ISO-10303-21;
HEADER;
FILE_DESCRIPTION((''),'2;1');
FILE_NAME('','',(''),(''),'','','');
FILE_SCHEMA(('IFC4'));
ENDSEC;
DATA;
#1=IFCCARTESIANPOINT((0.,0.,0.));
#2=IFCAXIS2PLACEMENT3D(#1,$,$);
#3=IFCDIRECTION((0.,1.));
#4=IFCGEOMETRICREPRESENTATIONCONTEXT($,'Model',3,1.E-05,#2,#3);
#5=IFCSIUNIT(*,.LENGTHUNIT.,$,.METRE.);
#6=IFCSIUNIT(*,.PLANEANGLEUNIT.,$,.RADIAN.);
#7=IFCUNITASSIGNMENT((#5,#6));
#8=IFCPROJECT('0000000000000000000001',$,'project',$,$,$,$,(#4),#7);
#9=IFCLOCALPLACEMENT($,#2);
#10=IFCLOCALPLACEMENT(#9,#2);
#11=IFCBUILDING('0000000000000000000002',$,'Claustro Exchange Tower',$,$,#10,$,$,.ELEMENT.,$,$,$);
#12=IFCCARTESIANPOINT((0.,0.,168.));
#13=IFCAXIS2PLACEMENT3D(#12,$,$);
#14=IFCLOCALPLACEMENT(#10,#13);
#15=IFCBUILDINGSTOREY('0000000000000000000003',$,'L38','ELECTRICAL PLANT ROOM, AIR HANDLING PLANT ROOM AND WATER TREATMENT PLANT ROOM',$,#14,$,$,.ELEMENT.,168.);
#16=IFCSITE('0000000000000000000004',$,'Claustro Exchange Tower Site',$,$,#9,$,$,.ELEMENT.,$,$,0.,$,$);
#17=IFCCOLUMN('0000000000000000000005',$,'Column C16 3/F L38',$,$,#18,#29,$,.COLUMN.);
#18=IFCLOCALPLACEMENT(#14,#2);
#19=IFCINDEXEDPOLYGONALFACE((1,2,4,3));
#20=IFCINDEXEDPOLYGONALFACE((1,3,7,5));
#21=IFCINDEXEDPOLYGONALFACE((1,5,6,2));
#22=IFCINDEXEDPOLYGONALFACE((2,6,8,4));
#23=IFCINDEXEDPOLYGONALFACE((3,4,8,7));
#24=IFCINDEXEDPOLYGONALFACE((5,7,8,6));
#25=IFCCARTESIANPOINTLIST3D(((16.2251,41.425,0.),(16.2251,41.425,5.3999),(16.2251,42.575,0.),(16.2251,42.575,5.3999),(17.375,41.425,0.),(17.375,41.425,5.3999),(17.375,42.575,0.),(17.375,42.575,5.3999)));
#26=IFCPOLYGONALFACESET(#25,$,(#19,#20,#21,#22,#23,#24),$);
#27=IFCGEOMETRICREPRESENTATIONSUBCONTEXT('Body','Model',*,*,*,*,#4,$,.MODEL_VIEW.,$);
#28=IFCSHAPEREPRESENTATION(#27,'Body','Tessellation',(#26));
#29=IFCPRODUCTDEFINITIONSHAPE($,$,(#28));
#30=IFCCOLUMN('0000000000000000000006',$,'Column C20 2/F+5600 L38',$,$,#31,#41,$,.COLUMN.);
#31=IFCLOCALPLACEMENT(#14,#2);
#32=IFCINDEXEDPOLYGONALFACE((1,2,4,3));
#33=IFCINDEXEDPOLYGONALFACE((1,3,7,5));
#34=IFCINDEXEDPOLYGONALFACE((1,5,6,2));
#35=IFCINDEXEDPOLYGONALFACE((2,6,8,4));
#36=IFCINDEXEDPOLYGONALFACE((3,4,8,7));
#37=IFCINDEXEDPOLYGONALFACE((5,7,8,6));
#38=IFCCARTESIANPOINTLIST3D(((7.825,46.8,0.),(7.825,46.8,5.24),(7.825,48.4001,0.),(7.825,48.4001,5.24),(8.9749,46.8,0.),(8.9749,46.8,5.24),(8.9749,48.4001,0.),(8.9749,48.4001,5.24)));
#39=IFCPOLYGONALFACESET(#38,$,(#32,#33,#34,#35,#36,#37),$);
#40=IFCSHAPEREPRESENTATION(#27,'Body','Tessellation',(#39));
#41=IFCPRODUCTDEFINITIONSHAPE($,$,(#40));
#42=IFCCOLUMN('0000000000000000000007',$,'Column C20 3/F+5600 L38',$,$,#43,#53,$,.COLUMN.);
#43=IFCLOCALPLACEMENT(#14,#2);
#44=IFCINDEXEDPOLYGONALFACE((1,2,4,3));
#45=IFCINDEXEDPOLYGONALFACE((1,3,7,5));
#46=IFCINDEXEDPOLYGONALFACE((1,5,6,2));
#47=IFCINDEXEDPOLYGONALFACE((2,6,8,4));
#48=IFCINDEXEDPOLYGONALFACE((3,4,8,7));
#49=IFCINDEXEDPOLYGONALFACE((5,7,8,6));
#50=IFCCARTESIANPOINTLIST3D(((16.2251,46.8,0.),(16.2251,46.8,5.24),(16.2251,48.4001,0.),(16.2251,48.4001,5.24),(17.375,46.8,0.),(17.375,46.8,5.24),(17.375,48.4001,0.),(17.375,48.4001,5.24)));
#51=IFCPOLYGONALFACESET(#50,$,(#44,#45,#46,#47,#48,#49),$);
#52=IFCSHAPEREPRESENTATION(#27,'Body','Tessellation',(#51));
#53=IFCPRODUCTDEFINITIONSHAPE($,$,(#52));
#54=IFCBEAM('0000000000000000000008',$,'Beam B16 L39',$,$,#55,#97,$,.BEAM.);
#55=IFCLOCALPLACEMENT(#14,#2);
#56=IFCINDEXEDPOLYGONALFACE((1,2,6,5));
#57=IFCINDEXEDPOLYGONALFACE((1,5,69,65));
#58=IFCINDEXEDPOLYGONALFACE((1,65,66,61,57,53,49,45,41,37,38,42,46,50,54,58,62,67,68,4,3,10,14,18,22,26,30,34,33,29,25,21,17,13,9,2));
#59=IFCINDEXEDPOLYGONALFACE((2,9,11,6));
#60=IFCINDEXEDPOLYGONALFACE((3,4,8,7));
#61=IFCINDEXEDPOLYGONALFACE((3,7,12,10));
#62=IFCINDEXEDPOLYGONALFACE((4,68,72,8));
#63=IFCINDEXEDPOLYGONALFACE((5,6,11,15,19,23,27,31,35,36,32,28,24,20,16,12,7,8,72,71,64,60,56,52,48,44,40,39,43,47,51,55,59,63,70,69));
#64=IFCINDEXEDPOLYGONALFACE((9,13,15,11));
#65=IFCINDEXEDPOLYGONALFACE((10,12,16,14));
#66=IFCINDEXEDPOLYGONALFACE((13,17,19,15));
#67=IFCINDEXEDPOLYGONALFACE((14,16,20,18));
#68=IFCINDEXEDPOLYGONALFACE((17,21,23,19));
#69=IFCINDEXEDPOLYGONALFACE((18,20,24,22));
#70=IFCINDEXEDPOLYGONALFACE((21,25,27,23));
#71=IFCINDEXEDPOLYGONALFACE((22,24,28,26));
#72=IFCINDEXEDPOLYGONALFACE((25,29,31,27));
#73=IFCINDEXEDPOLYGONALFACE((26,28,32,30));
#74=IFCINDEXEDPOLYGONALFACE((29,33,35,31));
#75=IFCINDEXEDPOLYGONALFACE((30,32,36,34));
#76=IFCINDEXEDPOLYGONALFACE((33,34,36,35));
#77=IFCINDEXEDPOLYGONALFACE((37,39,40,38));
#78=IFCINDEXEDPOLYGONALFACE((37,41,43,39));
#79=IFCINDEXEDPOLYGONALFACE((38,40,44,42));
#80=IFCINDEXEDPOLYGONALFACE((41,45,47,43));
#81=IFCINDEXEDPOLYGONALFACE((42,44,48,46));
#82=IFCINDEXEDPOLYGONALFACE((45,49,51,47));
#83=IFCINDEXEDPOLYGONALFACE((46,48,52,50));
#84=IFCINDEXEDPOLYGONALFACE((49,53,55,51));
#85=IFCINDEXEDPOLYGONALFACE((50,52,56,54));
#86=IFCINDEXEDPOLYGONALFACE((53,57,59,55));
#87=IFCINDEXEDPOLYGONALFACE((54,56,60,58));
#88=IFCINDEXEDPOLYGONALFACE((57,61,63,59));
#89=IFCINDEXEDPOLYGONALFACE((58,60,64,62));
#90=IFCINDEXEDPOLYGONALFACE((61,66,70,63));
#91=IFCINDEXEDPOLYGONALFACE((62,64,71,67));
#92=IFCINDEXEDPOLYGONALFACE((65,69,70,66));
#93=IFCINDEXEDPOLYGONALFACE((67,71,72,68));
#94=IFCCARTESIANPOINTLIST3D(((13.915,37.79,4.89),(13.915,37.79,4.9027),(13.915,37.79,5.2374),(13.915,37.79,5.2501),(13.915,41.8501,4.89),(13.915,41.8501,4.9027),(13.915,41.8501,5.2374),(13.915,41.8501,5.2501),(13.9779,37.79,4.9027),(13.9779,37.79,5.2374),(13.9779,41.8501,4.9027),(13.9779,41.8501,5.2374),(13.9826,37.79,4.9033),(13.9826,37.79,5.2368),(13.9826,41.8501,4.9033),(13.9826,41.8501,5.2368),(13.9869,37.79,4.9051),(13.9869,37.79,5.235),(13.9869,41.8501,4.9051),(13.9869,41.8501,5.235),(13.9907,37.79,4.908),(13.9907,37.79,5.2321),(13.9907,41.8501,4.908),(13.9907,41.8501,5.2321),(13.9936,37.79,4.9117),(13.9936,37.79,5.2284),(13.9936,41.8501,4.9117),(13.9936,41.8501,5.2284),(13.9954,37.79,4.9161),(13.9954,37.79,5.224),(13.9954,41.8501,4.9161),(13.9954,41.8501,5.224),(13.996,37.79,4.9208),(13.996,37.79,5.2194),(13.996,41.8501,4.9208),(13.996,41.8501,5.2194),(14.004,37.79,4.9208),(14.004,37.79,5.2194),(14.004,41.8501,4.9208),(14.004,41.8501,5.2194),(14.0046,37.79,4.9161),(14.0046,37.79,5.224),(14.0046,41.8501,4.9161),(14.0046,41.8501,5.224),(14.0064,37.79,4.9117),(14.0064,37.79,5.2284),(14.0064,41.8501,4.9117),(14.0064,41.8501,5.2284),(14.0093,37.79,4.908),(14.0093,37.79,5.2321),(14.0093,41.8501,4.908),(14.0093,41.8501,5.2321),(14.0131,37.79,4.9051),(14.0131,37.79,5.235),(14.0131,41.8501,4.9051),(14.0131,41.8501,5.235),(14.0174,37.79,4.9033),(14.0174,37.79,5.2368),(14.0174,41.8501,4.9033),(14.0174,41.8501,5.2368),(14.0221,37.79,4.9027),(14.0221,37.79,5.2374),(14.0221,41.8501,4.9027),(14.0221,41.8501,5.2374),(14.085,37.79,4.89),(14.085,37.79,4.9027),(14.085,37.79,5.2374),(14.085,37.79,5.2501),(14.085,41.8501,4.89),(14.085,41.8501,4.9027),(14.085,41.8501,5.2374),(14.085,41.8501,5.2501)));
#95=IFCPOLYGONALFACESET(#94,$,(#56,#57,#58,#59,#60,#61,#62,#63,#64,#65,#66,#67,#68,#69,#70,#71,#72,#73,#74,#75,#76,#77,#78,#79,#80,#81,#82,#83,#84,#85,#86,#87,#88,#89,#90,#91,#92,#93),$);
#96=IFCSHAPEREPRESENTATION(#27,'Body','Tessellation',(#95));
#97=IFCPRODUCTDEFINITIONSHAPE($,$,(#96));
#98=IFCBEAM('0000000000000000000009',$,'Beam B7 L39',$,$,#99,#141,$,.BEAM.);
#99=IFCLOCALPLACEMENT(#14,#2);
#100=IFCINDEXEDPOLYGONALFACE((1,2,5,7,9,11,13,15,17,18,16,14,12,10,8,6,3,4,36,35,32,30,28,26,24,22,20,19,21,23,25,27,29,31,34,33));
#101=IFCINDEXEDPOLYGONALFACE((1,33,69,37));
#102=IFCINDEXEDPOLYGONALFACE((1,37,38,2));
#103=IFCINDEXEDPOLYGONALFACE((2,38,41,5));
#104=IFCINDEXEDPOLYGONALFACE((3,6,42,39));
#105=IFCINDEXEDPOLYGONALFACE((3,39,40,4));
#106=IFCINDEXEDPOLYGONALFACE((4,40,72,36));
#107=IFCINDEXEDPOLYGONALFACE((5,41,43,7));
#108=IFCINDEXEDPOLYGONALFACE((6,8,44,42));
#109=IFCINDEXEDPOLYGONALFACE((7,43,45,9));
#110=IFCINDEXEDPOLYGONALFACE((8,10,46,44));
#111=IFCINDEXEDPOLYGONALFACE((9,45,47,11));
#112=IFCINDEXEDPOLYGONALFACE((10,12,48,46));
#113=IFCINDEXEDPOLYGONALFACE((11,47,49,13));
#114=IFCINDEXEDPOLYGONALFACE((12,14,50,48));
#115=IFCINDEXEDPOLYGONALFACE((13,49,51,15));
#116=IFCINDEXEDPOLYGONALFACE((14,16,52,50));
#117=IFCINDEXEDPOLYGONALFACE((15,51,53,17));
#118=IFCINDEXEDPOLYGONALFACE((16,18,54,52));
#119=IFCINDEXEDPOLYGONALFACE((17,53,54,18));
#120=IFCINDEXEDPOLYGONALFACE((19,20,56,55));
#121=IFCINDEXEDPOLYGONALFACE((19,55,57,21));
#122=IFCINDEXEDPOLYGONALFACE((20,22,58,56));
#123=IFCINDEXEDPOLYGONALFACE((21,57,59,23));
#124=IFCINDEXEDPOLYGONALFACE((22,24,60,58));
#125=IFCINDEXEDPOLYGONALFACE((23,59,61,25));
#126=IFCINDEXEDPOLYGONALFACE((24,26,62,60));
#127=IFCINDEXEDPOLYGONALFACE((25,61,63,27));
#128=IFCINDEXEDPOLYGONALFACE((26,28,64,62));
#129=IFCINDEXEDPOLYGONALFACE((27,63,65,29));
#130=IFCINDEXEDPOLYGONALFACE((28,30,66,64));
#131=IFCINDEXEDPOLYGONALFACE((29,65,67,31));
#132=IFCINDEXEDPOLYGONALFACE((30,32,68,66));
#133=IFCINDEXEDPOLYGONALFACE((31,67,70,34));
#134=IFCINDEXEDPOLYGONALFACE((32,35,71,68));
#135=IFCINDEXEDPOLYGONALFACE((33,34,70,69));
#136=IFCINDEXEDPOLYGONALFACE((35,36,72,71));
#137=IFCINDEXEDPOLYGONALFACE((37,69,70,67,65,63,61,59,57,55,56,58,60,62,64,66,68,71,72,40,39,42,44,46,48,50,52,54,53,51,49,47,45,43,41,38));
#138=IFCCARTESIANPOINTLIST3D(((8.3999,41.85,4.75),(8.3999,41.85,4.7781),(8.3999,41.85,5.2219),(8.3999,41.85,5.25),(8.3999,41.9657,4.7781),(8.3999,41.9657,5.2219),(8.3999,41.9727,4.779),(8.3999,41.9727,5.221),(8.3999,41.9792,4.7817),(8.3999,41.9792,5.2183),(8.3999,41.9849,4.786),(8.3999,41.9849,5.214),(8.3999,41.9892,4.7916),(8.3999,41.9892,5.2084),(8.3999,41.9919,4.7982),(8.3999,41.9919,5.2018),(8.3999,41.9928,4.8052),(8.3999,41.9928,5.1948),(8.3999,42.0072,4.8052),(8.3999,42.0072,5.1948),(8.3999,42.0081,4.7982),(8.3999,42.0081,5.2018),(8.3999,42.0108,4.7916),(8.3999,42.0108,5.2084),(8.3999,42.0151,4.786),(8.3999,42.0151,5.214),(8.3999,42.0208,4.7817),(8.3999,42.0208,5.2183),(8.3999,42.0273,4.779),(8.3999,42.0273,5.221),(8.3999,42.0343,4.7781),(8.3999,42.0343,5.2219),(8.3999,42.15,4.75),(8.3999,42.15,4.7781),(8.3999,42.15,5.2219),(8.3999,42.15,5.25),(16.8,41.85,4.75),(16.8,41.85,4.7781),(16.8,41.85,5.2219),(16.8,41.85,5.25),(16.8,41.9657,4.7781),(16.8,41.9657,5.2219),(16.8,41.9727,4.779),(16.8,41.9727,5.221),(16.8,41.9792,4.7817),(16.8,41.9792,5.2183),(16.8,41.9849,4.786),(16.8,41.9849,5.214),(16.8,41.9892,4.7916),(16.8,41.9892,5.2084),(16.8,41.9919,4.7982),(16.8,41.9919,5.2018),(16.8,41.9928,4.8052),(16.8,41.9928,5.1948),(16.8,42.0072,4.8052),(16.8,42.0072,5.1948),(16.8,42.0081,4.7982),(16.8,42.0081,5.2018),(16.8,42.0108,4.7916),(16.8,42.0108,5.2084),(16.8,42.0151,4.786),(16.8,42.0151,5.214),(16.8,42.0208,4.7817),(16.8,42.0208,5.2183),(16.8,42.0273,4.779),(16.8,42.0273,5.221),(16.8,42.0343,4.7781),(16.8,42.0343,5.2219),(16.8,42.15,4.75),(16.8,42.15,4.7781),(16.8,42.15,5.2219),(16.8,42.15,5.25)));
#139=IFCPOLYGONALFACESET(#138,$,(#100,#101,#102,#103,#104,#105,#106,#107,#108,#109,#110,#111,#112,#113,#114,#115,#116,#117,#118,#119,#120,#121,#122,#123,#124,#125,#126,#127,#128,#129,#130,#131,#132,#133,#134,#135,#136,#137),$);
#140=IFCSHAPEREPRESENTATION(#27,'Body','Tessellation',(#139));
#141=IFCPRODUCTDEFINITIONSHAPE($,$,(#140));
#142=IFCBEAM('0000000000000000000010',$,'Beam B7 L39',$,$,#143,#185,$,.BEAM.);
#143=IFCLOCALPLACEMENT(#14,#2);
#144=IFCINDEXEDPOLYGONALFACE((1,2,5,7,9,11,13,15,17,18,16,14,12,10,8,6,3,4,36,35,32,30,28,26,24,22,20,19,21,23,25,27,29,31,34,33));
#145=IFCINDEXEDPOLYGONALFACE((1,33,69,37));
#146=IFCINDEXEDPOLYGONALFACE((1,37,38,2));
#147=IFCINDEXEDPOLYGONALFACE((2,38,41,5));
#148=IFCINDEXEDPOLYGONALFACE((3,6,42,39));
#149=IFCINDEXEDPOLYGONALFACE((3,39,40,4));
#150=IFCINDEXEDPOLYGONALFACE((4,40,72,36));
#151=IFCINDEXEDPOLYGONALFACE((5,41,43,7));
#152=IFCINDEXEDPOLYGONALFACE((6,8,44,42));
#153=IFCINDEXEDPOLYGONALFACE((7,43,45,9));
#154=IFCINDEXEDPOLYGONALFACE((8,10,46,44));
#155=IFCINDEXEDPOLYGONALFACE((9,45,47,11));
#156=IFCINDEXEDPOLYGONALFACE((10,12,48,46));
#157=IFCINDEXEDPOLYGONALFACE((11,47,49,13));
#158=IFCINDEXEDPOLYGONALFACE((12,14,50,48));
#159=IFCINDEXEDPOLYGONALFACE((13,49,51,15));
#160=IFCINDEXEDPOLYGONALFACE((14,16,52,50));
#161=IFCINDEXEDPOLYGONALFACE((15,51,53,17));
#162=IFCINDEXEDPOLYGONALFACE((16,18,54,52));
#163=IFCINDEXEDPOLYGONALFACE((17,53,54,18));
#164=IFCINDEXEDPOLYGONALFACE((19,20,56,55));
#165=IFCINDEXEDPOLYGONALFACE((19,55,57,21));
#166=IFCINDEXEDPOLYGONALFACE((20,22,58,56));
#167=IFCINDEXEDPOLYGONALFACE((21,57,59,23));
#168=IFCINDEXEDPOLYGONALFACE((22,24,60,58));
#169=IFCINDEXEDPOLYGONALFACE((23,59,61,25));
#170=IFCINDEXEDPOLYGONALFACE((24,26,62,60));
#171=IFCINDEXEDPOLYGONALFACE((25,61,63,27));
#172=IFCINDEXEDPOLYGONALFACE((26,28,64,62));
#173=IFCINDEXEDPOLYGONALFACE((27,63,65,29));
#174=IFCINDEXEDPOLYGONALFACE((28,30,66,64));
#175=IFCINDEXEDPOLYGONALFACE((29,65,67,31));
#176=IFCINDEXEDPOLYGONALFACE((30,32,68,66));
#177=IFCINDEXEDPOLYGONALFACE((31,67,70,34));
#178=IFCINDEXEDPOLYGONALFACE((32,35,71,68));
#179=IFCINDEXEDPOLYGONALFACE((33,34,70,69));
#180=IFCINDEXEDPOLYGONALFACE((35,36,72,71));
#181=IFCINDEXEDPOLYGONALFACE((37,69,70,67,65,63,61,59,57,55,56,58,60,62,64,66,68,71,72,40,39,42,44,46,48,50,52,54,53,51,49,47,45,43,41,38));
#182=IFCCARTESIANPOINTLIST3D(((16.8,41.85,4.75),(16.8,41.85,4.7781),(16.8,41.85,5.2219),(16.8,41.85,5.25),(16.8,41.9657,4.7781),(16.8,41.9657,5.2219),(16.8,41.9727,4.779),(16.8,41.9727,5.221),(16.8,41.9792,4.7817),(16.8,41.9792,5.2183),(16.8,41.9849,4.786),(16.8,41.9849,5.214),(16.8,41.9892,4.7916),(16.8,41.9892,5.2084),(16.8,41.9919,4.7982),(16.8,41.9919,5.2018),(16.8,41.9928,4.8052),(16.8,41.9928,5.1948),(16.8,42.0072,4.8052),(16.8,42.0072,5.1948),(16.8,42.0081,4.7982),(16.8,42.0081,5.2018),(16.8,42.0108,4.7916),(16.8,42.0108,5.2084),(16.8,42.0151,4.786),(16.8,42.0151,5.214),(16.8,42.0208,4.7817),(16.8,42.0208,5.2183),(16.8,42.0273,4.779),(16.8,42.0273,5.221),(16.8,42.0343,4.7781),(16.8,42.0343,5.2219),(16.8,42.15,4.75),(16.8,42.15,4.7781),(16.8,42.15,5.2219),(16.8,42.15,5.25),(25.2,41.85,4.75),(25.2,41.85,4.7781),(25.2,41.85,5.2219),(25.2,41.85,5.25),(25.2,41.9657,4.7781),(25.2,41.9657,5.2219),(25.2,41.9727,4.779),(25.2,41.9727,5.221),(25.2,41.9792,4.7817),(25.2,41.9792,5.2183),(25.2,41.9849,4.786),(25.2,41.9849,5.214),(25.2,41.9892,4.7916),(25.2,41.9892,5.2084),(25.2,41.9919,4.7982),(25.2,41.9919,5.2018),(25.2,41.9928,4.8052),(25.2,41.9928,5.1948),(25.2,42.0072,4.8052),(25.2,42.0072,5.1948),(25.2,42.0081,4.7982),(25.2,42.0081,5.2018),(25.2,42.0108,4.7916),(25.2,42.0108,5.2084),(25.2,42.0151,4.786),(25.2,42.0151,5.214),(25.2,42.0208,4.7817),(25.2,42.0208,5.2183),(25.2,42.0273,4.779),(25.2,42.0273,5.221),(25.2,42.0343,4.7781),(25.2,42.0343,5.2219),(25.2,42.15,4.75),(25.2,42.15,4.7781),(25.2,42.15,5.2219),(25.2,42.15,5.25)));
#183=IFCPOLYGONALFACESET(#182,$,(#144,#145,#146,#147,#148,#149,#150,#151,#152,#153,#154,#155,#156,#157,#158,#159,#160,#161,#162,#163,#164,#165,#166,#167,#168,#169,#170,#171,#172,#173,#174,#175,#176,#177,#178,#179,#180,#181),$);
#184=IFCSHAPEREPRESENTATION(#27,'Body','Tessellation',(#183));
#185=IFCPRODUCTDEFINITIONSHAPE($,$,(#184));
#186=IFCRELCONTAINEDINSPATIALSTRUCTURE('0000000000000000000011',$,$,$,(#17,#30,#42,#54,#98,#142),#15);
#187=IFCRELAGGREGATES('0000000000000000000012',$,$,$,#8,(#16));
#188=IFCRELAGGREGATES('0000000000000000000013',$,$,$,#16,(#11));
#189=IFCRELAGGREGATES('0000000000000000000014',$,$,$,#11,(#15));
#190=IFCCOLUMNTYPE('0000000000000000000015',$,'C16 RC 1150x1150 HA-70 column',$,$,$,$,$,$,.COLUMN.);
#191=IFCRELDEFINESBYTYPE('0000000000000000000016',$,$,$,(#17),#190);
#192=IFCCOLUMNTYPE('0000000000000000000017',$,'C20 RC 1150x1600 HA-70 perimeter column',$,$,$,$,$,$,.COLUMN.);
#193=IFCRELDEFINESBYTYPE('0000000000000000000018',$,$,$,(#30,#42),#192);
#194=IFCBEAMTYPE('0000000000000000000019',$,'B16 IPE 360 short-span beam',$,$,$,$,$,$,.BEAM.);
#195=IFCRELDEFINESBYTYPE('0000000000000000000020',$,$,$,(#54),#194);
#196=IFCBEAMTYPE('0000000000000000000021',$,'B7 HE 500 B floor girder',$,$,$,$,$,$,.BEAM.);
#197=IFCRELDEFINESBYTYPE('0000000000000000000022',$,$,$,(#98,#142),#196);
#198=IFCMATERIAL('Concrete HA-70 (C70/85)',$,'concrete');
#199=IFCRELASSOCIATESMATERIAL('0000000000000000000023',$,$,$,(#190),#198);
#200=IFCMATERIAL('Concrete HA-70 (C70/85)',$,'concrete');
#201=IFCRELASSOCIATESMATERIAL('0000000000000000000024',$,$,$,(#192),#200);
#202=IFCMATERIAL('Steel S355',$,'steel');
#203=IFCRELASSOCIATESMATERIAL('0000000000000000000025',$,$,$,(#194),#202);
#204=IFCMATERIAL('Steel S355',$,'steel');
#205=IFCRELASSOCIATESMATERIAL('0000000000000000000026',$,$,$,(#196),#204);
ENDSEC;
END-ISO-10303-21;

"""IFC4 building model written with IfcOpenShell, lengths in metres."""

from ifc_helpers import new_model, si_unit, direction, frame, origin, origin_2d, place, context, subcontext, project, spatial, rectangle, i_section, extrude, material, material_profile, profile_set, type_object, element, save


model = new_model("IFC4")

# Units and contexts
model_context = context("Model", 3, precision=1e-05, world=origin(), true_north=direction((0.0, 1.0)))
body_context = subcontext(model_context, "Body", "Model", "MODEL_VIEW")
ifc_project = project(units=[si_unit("LENGTHUNIT", "METRE"), si_unit("PLANEANGLEUNIT", "RADIAN")], contexts=[model_context])

# Site, building, storey
site_placement = place(None, origin())
site = spatial("IfcSite", under=ifc_project, at=site_placement, Name="Claustro Exchange Tower Site", CompositionType="ELEMENT", RefElevation=0.0)
building_placement = place(site_placement, origin())
building = spatial("IfcBuilding", under=site, at=building_placement, Name="Claustro Exchange Tower", CompositionType="ELEMENT")
storey_placement = place(building_placement, frame((0.0, 0.0, 168.0)))
storey = spatial("IfcBuildingStorey", under=building, at=storey_placement, Name="L38", Description="ELECTRICAL PLANT ROOM, AIR HANDLING PLANT ROOM AND WATER TREATMENT PLANT ROOM", CompositionType="ELEMENT", Elevation=168.0)

# Columns
ifc_material_1 = material(Name="Concrete HA-70 (C70/85)", Category="concrete")
ifc_material_profile_1 = material_profile(ifc_material_1, rectangle(XDim=1.1499, YDim=1.1499, at=origin_2d()), Name="RC 1150x1150")
ifc_profile_set_1 = profile_set([ifc_material_profile_1], Name="Concrete HA-70 (C70/85)")
column_type_1 = type_object("IfcColumnType", Name="C16 RC 1150x1150 HA-70 column", PredefinedType="COLUMN", material=ifc_profile_set_1)
column_placement = place(storey_placement, frame((16.8, 42.0, 0.0), z_axis=(0.0, 0.0, 1.0), x_axis=(1.0, 0.0, 0.0)))
element("IfcColumn", 1, at=column_placement, inside=storey, type_object=column_type_1, Name="Column C16 3/F L38", PredefinedType="COLUMN", context=body_context, shape_type="SweptSolid", body=[
    extrude(rectangle(XDim=1.1499, YDim=1.1499, at=origin_2d()), origin(), (0.0, 0.0, 1.0), 5.3999),
])
ifc_material_2 = material(Name="Concrete HA-70 (C70/85)", Category="concrete")
ifc_material_profile_2 = material_profile(ifc_material_2, rectangle(XDim=1.1499, YDim=1.6001, at=origin_2d()), Name="RC 1150x1600")
ifc_profile_set_2 = profile_set([ifc_material_profile_2], Name="Concrete HA-70 (C70/85)")
column_type_2 = type_object("IfcColumnType", Name="C20 RC 1150x1600 HA-70 perimeter column", PredefinedType="COLUMN", material=ifc_profile_set_2)
for number, where, z_axis, x_axis, name in (
    (2, (8.3999, 47.6001, 0.0), (0.0, 0.0, 1.0), (1.0, 0.0, 0.0), "Column C20 2/F+5600 L38"),
    (3, (16.8, 47.6001, 0.0), (0.0, 0.0, 1.0), (1.0, 0.0, 0.0), "Column C20 3/F+5600 L38"),
):
    element("IfcColumn", number, at=place(storey_placement, frame(where, z_axis=z_axis, x_axis=x_axis)), inside=storey, type_object=column_type_2, Name=name, PredefinedType="COLUMN", context=body_context, shape_type="SweptSolid", body=[
        extrude(rectangle(XDim=1.1499, YDim=1.6001, at=origin_2d()), origin(), (0.0, 0.0, 1.0), 5.24),
    ])

# Beams
ifc_material_3 = material(Name="Steel S355", Category="steel")
ifc_material_profile_3 = material_profile(ifc_material_3, i_section(OverallWidth=0.1699, OverallDepth=0.3601, WebThickness=0.0081, FlangeThickness=0.0127, FilletRadius=0.0181, at=origin_2d()), Name="IPE 360")
ifc_profile_set_3 = profile_set([ifc_material_profile_3], Name="Steel S355")
beam_type_1 = type_object("IfcBeamType", Name="B16 IPE 360 short-span beam", PredefinedType="BEAM", material=ifc_profile_set_3)
beam_1_placement = place(storey_placement, frame((14.0, 37.79, 5.0701), z_axis=(0.0, 1.0, 0.0), x_axis=(-1.0, 0.0, 0.0)))
element("IfcBeam", 4, at=beam_1_placement, inside=storey, type_object=beam_type_1, Name="Beam B16 L39", PredefinedType="BEAM", context=body_context, shape_type="SweptSolid", body=[
    extrude(i_section(OverallWidth=0.1699, OverallDepth=0.3601, WebThickness=0.0081, FlangeThickness=0.0127, FilletRadius=0.0181, at=origin_2d()), origin(), (0.0, 0.0, 1.0), 4.0601),
])
ifc_material_4 = material(Name="Steel S355", Category="steel")
ifc_material_profile_4 = material_profile(ifc_material_4, i_section(OverallWidth=0.3, OverallDepth=0.5, WebThickness=0.0144, FlangeThickness=0.0281, FilletRadius=0.0271, at=origin_2d()), Name="HE 500 B")
ifc_profile_set_4 = profile_set([ifc_material_profile_4], Name="Steel S355")
beam_type_2 = type_object("IfcBeamType", Name="B7 HE 500 B floor girder", PredefinedType="BEAM", material=ifc_profile_set_4)
beam_2_placement = place(storey_placement, frame((8.3999, 42.0, 5.0), z_axis=(1.0, 0.0, 0.0), x_axis=(0.0, 1.0, 0.0)))
element("IfcBeam", 5, at=beam_2_placement, inside=storey, type_object=beam_type_2, Name="Beam B7 L39", PredefinedType="BEAM", context=body_context, shape_type="SweptSolid", body=[
    extrude(i_section(OverallWidth=0.3, OverallDepth=0.5, WebThickness=0.0144, FlangeThickness=0.0281, FilletRadius=0.0271, at=origin_2d()), origin(), (0.0, 0.0, 1.0), 8.4001),
])
beam_3_placement = place(storey_placement, frame((16.8, 42.0, 5.0), z_axis=(1.0, 0.0, 0.0), x_axis=(0.0, 1.0, 0.0)))
element("IfcBeam", 6, at=beam_3_placement, inside=storey, type_object=beam_type_2, Name="Beam B7 L39", PredefinedType="BEAM", context=body_context, shape_type="SweptSolid", body=[
    extrude(i_section(OverallWidth=0.3, OverallDepth=0.5, WebThickness=0.0144, FlangeThickness=0.0281, FilletRadius=0.0271, at=origin_2d()), origin(), (0.0, 0.0, 1.0), 8.3999),
])

save(model, "model.ifc")
